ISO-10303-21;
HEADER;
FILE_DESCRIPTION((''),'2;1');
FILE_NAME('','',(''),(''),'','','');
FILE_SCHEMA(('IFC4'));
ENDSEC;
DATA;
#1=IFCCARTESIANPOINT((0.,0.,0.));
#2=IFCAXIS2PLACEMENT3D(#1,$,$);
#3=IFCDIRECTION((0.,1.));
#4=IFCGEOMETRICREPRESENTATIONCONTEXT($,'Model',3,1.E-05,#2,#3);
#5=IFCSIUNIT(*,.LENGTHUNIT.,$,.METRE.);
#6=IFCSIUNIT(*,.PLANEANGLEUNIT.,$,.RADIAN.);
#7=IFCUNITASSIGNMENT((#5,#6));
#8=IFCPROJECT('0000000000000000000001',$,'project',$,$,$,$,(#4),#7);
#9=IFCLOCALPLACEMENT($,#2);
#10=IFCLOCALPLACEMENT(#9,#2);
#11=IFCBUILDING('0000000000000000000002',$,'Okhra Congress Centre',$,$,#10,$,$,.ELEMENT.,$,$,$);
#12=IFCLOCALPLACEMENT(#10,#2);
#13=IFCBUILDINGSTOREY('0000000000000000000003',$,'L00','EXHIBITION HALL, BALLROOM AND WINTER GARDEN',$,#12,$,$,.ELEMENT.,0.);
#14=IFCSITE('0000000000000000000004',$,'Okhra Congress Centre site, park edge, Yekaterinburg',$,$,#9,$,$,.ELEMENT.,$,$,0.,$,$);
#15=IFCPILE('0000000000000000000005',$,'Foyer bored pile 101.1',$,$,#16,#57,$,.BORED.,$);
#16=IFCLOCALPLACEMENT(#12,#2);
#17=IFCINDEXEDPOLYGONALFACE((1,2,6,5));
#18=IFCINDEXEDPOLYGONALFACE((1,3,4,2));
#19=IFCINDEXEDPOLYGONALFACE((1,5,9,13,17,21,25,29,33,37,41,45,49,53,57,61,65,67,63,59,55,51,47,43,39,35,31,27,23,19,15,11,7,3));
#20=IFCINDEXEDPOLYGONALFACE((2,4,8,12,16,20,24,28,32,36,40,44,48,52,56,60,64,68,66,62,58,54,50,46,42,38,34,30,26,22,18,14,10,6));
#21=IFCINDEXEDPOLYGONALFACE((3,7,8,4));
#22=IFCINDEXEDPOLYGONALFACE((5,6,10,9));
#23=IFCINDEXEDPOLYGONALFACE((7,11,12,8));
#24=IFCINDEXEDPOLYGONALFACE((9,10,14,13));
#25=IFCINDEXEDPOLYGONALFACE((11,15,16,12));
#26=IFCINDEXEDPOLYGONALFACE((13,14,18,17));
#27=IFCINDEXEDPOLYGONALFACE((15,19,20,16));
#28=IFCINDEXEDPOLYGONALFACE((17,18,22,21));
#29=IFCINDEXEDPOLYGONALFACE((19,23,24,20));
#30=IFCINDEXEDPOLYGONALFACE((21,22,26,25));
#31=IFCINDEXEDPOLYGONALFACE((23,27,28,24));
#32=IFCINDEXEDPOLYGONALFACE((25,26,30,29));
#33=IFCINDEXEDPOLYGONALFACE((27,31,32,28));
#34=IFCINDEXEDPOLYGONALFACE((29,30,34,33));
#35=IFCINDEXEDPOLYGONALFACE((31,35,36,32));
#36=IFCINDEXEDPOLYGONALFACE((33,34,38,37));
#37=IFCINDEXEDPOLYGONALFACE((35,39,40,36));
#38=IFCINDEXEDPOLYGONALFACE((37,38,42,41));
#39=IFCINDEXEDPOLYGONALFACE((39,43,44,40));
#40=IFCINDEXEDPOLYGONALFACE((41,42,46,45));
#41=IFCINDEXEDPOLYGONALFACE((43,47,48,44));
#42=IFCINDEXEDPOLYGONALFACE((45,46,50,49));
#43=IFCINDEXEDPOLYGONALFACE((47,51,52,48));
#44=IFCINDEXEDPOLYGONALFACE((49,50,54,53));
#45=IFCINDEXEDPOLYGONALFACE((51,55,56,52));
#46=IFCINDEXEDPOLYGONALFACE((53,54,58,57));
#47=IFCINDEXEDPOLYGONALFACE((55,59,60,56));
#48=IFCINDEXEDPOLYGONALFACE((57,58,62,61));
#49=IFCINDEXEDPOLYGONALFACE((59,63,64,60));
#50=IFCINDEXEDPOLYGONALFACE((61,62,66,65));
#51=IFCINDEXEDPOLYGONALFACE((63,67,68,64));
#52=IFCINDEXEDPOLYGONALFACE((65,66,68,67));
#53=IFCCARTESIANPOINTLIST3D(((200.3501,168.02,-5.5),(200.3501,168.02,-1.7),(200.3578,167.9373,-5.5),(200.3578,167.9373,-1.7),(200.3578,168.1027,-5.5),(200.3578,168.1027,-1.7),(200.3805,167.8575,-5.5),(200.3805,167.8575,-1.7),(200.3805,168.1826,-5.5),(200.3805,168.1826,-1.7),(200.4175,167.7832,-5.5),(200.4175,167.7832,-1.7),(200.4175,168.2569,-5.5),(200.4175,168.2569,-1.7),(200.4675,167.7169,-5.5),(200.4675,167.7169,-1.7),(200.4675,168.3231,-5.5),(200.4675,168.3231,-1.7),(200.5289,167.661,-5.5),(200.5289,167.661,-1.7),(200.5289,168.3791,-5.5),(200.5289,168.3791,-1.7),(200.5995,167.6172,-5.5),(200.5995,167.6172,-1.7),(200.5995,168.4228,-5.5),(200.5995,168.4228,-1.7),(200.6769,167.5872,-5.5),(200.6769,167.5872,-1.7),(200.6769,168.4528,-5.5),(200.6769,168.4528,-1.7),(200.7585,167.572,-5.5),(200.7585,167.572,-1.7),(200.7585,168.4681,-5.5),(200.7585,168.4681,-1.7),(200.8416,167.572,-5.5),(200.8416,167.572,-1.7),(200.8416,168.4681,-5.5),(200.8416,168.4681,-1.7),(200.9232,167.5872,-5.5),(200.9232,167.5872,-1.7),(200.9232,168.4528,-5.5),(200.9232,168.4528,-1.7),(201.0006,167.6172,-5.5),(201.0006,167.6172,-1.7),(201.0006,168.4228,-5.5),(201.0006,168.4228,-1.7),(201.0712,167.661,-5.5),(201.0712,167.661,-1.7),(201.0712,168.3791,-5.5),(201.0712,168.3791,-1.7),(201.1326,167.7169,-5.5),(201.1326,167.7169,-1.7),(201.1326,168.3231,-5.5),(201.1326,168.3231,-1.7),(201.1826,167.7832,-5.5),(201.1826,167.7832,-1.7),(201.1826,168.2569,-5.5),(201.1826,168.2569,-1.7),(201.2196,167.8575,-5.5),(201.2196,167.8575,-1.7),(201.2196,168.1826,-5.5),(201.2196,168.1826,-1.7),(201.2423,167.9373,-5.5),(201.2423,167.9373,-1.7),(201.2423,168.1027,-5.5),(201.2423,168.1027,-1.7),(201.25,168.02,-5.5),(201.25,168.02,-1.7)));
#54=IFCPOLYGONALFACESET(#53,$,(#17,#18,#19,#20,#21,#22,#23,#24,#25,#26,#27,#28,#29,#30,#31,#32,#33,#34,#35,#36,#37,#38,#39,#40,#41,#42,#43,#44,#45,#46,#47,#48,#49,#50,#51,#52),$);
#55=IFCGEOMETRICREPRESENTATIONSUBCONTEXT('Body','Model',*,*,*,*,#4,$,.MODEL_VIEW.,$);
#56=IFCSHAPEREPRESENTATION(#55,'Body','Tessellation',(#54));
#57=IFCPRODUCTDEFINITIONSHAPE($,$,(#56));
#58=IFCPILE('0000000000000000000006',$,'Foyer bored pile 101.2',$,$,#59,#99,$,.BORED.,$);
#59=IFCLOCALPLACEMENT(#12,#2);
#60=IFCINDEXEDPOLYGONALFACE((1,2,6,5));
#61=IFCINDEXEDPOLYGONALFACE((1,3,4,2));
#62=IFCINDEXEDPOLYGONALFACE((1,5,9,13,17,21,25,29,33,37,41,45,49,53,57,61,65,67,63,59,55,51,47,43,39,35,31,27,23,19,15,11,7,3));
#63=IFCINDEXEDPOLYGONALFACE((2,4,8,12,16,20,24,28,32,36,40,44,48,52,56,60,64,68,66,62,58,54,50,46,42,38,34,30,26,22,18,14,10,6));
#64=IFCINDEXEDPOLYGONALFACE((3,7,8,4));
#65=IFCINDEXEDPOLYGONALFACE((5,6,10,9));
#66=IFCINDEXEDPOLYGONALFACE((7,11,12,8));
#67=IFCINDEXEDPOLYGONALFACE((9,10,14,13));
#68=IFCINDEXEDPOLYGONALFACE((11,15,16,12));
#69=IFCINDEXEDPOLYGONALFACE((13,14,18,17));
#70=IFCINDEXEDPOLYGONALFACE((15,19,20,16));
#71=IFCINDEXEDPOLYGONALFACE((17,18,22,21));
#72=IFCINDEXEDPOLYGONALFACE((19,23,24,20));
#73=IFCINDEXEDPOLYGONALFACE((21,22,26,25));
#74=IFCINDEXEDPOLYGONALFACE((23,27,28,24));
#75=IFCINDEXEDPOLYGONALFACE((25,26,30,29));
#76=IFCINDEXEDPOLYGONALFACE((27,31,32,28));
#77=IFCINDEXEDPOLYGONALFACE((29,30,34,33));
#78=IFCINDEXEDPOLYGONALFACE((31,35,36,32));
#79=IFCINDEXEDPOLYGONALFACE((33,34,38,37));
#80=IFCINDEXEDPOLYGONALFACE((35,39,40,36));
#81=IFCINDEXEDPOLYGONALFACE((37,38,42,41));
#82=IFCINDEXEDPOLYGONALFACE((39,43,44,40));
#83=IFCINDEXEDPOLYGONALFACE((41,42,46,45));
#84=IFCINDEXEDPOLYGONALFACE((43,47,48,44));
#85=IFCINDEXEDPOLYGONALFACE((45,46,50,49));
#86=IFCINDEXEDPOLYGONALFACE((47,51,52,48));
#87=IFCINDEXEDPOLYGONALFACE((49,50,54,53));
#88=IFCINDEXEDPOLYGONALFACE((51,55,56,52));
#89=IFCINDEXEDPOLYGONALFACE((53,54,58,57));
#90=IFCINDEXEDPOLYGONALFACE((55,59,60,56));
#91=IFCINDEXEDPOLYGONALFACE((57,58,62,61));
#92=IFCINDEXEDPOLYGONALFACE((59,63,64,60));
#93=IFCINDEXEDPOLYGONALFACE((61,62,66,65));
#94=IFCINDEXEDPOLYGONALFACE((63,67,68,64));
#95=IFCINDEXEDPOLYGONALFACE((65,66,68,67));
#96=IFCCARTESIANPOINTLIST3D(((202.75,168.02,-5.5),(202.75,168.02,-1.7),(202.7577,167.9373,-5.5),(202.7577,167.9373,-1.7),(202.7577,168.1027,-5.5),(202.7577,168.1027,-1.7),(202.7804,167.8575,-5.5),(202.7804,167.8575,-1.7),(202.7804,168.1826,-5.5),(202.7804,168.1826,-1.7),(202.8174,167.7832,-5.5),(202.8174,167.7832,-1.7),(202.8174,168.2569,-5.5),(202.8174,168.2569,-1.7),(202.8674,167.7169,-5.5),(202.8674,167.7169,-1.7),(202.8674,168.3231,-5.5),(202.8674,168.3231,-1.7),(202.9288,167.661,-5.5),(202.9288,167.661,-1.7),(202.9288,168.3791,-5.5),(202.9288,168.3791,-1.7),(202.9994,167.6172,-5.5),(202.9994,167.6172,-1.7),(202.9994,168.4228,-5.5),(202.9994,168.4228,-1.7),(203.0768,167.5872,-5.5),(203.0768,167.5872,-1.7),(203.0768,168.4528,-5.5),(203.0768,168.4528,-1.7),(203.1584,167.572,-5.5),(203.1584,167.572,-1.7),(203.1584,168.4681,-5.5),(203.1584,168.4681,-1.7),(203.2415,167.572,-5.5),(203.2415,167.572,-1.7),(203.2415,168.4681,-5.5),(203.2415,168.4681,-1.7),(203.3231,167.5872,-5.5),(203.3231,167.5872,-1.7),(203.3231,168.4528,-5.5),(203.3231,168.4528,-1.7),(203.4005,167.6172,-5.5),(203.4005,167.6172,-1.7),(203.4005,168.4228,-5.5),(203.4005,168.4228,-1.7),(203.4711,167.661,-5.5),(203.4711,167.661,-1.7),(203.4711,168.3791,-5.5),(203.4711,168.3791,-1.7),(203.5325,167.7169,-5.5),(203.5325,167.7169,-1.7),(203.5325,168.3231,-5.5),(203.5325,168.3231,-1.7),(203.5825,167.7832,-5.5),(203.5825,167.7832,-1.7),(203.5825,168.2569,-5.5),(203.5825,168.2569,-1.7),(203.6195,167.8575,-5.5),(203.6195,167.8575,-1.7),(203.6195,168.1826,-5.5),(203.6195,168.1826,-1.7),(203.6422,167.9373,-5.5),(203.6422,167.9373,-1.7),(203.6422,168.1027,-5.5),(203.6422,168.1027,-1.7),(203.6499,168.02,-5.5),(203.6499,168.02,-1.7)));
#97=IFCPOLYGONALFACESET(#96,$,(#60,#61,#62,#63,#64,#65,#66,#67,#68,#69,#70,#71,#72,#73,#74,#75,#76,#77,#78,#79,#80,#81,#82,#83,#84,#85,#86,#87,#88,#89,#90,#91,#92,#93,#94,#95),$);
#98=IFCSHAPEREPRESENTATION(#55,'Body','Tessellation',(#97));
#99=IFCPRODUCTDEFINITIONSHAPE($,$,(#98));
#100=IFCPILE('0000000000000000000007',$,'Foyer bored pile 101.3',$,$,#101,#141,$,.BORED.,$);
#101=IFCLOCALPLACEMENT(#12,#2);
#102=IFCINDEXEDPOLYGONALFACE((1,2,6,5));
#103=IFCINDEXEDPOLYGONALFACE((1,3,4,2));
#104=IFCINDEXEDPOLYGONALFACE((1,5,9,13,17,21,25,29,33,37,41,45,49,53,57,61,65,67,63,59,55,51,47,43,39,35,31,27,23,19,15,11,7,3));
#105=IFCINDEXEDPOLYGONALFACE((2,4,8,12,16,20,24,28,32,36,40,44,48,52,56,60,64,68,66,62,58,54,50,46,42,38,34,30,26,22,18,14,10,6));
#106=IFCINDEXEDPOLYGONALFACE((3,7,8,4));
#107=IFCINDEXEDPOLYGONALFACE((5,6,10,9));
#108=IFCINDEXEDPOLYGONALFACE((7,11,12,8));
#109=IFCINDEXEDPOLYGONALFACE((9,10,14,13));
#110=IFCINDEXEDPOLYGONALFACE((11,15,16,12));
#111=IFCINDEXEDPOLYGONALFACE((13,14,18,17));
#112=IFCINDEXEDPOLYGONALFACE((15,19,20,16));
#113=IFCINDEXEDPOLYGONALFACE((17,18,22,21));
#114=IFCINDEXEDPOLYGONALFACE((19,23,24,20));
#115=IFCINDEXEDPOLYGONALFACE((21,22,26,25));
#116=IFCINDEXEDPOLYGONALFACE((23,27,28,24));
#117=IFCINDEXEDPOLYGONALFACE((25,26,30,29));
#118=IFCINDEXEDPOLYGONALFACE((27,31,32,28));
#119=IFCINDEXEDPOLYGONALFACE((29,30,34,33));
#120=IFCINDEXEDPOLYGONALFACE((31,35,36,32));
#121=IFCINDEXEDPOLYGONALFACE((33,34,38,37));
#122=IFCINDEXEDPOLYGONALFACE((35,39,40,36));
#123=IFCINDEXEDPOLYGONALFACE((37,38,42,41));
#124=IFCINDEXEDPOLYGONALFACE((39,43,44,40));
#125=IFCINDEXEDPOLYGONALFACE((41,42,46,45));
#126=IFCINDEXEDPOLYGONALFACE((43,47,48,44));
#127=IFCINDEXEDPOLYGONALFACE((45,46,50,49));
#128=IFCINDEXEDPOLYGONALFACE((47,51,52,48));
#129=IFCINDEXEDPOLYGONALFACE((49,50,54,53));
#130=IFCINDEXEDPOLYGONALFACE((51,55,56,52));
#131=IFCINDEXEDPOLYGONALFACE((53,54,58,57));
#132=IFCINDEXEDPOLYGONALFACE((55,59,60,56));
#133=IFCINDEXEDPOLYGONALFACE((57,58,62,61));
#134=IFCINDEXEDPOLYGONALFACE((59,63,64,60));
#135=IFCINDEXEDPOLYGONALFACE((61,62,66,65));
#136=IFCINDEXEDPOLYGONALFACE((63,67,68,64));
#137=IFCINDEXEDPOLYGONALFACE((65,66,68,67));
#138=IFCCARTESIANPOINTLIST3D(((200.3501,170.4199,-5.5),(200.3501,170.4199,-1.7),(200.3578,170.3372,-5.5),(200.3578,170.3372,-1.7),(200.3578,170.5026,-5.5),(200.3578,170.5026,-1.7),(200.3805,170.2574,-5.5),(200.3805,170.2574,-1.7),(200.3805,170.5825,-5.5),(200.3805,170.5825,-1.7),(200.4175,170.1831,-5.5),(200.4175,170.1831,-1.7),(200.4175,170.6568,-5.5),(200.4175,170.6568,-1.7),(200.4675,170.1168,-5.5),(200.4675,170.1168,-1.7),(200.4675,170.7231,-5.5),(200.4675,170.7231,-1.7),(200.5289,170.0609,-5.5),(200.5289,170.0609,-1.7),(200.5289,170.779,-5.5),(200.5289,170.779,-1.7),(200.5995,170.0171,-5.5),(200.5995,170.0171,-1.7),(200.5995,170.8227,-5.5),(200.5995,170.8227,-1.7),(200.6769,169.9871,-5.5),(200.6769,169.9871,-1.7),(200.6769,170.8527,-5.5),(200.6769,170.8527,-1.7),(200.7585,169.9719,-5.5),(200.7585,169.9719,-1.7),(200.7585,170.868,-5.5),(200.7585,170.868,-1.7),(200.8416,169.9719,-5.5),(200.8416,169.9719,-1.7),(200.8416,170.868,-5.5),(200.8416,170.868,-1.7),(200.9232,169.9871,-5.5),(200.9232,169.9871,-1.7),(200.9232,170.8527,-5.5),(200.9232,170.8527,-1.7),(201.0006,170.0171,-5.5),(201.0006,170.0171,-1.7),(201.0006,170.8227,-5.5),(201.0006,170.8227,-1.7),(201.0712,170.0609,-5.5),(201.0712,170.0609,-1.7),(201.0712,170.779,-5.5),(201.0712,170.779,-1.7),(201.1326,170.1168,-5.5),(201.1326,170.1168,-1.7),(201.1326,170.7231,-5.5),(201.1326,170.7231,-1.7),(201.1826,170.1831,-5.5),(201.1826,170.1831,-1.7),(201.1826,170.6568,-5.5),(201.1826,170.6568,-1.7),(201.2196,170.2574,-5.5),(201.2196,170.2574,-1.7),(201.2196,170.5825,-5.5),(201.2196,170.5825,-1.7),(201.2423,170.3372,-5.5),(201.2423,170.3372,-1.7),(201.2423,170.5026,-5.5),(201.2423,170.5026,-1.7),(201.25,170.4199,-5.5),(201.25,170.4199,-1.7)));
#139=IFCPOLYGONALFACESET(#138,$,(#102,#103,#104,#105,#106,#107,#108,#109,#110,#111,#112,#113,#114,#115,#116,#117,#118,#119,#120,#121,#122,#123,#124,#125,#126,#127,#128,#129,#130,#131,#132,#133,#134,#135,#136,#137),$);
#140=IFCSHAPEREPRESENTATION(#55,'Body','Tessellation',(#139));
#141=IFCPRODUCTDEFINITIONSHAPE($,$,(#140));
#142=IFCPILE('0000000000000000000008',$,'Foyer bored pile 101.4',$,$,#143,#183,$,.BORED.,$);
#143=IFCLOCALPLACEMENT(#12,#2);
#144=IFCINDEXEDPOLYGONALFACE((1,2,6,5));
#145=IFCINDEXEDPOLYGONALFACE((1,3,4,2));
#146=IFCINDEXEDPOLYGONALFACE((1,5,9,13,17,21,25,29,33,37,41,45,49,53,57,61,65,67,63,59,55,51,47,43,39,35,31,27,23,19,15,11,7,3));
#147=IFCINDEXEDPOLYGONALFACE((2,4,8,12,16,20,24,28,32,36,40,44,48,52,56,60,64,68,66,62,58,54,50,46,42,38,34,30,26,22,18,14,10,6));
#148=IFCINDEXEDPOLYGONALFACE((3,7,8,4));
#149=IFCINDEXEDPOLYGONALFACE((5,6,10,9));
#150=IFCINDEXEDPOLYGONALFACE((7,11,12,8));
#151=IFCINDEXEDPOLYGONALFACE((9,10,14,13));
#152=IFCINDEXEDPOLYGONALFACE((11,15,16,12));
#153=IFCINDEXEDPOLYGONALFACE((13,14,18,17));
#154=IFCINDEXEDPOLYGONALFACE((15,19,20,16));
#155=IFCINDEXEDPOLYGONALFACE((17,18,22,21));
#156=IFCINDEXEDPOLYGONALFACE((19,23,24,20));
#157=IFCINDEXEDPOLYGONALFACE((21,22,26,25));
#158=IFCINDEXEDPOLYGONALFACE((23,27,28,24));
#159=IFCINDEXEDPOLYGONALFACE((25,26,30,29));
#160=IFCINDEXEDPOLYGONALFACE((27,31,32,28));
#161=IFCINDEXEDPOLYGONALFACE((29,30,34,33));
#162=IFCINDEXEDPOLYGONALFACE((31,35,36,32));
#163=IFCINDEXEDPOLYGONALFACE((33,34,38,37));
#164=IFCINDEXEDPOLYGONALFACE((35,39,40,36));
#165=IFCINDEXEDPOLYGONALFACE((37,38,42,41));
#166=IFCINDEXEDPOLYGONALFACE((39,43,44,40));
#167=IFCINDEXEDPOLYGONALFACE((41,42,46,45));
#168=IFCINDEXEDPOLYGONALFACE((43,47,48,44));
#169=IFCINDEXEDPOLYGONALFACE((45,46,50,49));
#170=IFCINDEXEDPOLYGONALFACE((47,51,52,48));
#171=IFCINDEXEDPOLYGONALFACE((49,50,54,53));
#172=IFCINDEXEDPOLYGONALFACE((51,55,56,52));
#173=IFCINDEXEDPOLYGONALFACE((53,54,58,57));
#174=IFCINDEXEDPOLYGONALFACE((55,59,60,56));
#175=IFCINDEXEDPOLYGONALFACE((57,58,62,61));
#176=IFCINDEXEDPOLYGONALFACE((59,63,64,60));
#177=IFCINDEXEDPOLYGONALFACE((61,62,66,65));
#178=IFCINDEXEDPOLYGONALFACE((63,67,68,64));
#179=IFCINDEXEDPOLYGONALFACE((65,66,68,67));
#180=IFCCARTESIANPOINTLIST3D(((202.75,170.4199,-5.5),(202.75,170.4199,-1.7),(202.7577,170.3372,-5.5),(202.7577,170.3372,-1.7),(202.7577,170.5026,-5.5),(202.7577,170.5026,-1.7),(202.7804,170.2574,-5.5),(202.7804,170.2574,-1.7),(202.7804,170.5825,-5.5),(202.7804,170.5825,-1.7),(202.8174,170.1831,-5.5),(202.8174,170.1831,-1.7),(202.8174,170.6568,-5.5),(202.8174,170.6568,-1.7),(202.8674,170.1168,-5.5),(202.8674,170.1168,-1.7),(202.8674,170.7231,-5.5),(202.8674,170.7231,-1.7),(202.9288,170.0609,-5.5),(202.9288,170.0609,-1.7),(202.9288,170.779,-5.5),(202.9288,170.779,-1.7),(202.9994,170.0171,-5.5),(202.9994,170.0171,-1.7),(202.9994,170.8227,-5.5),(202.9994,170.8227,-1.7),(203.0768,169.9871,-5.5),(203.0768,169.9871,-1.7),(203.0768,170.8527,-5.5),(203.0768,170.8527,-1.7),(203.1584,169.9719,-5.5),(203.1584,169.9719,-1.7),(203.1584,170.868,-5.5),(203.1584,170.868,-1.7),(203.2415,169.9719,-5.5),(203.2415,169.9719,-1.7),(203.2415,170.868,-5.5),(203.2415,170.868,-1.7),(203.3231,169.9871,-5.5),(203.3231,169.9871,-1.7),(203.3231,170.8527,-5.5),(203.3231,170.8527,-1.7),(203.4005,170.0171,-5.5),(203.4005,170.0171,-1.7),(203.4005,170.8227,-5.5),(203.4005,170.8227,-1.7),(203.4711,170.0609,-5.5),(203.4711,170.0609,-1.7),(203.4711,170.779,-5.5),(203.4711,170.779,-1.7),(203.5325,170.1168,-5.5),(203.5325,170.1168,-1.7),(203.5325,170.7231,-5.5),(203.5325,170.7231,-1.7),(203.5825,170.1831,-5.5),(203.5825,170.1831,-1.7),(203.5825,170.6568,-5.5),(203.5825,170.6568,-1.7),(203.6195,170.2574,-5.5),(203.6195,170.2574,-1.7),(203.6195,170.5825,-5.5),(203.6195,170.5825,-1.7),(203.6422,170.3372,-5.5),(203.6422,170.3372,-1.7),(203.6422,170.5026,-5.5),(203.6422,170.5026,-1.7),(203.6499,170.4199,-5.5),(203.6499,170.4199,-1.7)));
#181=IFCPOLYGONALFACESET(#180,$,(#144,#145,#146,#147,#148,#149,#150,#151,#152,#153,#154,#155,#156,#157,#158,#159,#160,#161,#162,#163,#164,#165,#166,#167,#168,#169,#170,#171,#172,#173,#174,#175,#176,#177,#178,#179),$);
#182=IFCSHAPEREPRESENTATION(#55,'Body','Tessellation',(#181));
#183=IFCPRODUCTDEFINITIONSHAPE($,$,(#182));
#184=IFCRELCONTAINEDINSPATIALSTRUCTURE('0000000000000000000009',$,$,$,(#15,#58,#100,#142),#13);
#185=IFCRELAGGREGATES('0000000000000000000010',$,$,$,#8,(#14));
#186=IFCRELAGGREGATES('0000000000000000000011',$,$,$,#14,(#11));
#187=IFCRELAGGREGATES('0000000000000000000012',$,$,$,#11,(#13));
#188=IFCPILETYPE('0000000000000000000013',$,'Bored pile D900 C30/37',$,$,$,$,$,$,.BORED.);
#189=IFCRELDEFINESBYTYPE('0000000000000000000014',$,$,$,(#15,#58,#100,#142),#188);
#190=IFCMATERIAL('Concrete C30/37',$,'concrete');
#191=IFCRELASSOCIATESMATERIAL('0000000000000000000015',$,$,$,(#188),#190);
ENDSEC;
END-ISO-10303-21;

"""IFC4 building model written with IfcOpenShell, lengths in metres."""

from ifc_helpers import new_model, si_unit, direction, frame, origin, origin_2d, place, context, subcontext, project, spatial, circle, extrude, material, material_profile, profile_set, type_object, element, save


model = new_model("IFC4")

# Units and contexts
model_context = context("Model", 3, precision=1e-05, world=origin(), true_north=direction((0.0, 1.0)))
body_context = subcontext(model_context, "Body", "Model", "MODEL_VIEW")
ifc_project = project(units=[si_unit("LENGTHUNIT", "METRE"), si_unit("PLANEANGLEUNIT", "RADIAN")], contexts=[model_context])

# Site, building, storey
site_placement = place(None, origin())
site = spatial("IfcSite", under=ifc_project, at=site_placement, Name="Okhra Congress Centre site, park edge, Yekaterinburg", CompositionType="ELEMENT", RefElevation=0.0)
building_placement = place(site_placement, origin())
building = spatial("IfcBuilding", under=site, at=building_placement, Name="Okhra Congress Centre", CompositionType="ELEMENT")
storey_placement = place(building_placement, origin())
storey = spatial("IfcBuildingStorey", under=building, at=storey_placement, Name="L00", Description="EXHIBITION HALL, BALLROOM AND WINTER GARDEN", CompositionType="ELEMENT", Elevation=0.0)

# Piles
ifc_material_1 = material(Name="Concrete C30/37", Category="concrete")
ifc_material_profile_1 = material_profile(ifc_material_1, circle(Radius=0.45, at=origin_2d()), Name="D900")
ifc_profile_set_1 = profile_set([ifc_material_profile_1], Name="Concrete C30/37")
pile_type = type_object("IfcPileType", Name="Bored pile D900 C30/37", PredefinedType="BORED", material=ifc_profile_set_1)
for number, where, z_axis, x_axis, name in (
    (1, (200.8, 168.02, -1.7), (0.0, 0.0, -1.0), (1.0, 0.0, 0.0), "Foyer bored pile 101.1"),
    (2, (203.2, 168.02, -1.7), (0.0, 0.0, -1.0), (1.0, 0.0, 0.0), "Foyer bored pile 101.2"),
    (3, (200.8, 170.4199, -1.7), (0.0, 0.0, -1.0), (1.0, 0.0, 0.0), "Foyer bored pile 101.3"),
    (4, (203.2, 170.4199, -1.7), (0.0, 0.0, -1.0), (1.0, 0.0, 0.0), "Foyer bored pile 101.4"),
):
    element("IfcPile", number, at=place(storey_placement, frame(where, z_axis=z_axis, x_axis=x_axis)), inside=storey, type_object=pile_type, Name=name, PredefinedType="BORED", context=body_context, shape_type="SweptSolid", body=[
        extrude(circle(Radius=0.45, at=origin_2d()), origin(), (0.0, 0.0, 1.0), 3.8),
    ])

save(model, "model.ifc")
